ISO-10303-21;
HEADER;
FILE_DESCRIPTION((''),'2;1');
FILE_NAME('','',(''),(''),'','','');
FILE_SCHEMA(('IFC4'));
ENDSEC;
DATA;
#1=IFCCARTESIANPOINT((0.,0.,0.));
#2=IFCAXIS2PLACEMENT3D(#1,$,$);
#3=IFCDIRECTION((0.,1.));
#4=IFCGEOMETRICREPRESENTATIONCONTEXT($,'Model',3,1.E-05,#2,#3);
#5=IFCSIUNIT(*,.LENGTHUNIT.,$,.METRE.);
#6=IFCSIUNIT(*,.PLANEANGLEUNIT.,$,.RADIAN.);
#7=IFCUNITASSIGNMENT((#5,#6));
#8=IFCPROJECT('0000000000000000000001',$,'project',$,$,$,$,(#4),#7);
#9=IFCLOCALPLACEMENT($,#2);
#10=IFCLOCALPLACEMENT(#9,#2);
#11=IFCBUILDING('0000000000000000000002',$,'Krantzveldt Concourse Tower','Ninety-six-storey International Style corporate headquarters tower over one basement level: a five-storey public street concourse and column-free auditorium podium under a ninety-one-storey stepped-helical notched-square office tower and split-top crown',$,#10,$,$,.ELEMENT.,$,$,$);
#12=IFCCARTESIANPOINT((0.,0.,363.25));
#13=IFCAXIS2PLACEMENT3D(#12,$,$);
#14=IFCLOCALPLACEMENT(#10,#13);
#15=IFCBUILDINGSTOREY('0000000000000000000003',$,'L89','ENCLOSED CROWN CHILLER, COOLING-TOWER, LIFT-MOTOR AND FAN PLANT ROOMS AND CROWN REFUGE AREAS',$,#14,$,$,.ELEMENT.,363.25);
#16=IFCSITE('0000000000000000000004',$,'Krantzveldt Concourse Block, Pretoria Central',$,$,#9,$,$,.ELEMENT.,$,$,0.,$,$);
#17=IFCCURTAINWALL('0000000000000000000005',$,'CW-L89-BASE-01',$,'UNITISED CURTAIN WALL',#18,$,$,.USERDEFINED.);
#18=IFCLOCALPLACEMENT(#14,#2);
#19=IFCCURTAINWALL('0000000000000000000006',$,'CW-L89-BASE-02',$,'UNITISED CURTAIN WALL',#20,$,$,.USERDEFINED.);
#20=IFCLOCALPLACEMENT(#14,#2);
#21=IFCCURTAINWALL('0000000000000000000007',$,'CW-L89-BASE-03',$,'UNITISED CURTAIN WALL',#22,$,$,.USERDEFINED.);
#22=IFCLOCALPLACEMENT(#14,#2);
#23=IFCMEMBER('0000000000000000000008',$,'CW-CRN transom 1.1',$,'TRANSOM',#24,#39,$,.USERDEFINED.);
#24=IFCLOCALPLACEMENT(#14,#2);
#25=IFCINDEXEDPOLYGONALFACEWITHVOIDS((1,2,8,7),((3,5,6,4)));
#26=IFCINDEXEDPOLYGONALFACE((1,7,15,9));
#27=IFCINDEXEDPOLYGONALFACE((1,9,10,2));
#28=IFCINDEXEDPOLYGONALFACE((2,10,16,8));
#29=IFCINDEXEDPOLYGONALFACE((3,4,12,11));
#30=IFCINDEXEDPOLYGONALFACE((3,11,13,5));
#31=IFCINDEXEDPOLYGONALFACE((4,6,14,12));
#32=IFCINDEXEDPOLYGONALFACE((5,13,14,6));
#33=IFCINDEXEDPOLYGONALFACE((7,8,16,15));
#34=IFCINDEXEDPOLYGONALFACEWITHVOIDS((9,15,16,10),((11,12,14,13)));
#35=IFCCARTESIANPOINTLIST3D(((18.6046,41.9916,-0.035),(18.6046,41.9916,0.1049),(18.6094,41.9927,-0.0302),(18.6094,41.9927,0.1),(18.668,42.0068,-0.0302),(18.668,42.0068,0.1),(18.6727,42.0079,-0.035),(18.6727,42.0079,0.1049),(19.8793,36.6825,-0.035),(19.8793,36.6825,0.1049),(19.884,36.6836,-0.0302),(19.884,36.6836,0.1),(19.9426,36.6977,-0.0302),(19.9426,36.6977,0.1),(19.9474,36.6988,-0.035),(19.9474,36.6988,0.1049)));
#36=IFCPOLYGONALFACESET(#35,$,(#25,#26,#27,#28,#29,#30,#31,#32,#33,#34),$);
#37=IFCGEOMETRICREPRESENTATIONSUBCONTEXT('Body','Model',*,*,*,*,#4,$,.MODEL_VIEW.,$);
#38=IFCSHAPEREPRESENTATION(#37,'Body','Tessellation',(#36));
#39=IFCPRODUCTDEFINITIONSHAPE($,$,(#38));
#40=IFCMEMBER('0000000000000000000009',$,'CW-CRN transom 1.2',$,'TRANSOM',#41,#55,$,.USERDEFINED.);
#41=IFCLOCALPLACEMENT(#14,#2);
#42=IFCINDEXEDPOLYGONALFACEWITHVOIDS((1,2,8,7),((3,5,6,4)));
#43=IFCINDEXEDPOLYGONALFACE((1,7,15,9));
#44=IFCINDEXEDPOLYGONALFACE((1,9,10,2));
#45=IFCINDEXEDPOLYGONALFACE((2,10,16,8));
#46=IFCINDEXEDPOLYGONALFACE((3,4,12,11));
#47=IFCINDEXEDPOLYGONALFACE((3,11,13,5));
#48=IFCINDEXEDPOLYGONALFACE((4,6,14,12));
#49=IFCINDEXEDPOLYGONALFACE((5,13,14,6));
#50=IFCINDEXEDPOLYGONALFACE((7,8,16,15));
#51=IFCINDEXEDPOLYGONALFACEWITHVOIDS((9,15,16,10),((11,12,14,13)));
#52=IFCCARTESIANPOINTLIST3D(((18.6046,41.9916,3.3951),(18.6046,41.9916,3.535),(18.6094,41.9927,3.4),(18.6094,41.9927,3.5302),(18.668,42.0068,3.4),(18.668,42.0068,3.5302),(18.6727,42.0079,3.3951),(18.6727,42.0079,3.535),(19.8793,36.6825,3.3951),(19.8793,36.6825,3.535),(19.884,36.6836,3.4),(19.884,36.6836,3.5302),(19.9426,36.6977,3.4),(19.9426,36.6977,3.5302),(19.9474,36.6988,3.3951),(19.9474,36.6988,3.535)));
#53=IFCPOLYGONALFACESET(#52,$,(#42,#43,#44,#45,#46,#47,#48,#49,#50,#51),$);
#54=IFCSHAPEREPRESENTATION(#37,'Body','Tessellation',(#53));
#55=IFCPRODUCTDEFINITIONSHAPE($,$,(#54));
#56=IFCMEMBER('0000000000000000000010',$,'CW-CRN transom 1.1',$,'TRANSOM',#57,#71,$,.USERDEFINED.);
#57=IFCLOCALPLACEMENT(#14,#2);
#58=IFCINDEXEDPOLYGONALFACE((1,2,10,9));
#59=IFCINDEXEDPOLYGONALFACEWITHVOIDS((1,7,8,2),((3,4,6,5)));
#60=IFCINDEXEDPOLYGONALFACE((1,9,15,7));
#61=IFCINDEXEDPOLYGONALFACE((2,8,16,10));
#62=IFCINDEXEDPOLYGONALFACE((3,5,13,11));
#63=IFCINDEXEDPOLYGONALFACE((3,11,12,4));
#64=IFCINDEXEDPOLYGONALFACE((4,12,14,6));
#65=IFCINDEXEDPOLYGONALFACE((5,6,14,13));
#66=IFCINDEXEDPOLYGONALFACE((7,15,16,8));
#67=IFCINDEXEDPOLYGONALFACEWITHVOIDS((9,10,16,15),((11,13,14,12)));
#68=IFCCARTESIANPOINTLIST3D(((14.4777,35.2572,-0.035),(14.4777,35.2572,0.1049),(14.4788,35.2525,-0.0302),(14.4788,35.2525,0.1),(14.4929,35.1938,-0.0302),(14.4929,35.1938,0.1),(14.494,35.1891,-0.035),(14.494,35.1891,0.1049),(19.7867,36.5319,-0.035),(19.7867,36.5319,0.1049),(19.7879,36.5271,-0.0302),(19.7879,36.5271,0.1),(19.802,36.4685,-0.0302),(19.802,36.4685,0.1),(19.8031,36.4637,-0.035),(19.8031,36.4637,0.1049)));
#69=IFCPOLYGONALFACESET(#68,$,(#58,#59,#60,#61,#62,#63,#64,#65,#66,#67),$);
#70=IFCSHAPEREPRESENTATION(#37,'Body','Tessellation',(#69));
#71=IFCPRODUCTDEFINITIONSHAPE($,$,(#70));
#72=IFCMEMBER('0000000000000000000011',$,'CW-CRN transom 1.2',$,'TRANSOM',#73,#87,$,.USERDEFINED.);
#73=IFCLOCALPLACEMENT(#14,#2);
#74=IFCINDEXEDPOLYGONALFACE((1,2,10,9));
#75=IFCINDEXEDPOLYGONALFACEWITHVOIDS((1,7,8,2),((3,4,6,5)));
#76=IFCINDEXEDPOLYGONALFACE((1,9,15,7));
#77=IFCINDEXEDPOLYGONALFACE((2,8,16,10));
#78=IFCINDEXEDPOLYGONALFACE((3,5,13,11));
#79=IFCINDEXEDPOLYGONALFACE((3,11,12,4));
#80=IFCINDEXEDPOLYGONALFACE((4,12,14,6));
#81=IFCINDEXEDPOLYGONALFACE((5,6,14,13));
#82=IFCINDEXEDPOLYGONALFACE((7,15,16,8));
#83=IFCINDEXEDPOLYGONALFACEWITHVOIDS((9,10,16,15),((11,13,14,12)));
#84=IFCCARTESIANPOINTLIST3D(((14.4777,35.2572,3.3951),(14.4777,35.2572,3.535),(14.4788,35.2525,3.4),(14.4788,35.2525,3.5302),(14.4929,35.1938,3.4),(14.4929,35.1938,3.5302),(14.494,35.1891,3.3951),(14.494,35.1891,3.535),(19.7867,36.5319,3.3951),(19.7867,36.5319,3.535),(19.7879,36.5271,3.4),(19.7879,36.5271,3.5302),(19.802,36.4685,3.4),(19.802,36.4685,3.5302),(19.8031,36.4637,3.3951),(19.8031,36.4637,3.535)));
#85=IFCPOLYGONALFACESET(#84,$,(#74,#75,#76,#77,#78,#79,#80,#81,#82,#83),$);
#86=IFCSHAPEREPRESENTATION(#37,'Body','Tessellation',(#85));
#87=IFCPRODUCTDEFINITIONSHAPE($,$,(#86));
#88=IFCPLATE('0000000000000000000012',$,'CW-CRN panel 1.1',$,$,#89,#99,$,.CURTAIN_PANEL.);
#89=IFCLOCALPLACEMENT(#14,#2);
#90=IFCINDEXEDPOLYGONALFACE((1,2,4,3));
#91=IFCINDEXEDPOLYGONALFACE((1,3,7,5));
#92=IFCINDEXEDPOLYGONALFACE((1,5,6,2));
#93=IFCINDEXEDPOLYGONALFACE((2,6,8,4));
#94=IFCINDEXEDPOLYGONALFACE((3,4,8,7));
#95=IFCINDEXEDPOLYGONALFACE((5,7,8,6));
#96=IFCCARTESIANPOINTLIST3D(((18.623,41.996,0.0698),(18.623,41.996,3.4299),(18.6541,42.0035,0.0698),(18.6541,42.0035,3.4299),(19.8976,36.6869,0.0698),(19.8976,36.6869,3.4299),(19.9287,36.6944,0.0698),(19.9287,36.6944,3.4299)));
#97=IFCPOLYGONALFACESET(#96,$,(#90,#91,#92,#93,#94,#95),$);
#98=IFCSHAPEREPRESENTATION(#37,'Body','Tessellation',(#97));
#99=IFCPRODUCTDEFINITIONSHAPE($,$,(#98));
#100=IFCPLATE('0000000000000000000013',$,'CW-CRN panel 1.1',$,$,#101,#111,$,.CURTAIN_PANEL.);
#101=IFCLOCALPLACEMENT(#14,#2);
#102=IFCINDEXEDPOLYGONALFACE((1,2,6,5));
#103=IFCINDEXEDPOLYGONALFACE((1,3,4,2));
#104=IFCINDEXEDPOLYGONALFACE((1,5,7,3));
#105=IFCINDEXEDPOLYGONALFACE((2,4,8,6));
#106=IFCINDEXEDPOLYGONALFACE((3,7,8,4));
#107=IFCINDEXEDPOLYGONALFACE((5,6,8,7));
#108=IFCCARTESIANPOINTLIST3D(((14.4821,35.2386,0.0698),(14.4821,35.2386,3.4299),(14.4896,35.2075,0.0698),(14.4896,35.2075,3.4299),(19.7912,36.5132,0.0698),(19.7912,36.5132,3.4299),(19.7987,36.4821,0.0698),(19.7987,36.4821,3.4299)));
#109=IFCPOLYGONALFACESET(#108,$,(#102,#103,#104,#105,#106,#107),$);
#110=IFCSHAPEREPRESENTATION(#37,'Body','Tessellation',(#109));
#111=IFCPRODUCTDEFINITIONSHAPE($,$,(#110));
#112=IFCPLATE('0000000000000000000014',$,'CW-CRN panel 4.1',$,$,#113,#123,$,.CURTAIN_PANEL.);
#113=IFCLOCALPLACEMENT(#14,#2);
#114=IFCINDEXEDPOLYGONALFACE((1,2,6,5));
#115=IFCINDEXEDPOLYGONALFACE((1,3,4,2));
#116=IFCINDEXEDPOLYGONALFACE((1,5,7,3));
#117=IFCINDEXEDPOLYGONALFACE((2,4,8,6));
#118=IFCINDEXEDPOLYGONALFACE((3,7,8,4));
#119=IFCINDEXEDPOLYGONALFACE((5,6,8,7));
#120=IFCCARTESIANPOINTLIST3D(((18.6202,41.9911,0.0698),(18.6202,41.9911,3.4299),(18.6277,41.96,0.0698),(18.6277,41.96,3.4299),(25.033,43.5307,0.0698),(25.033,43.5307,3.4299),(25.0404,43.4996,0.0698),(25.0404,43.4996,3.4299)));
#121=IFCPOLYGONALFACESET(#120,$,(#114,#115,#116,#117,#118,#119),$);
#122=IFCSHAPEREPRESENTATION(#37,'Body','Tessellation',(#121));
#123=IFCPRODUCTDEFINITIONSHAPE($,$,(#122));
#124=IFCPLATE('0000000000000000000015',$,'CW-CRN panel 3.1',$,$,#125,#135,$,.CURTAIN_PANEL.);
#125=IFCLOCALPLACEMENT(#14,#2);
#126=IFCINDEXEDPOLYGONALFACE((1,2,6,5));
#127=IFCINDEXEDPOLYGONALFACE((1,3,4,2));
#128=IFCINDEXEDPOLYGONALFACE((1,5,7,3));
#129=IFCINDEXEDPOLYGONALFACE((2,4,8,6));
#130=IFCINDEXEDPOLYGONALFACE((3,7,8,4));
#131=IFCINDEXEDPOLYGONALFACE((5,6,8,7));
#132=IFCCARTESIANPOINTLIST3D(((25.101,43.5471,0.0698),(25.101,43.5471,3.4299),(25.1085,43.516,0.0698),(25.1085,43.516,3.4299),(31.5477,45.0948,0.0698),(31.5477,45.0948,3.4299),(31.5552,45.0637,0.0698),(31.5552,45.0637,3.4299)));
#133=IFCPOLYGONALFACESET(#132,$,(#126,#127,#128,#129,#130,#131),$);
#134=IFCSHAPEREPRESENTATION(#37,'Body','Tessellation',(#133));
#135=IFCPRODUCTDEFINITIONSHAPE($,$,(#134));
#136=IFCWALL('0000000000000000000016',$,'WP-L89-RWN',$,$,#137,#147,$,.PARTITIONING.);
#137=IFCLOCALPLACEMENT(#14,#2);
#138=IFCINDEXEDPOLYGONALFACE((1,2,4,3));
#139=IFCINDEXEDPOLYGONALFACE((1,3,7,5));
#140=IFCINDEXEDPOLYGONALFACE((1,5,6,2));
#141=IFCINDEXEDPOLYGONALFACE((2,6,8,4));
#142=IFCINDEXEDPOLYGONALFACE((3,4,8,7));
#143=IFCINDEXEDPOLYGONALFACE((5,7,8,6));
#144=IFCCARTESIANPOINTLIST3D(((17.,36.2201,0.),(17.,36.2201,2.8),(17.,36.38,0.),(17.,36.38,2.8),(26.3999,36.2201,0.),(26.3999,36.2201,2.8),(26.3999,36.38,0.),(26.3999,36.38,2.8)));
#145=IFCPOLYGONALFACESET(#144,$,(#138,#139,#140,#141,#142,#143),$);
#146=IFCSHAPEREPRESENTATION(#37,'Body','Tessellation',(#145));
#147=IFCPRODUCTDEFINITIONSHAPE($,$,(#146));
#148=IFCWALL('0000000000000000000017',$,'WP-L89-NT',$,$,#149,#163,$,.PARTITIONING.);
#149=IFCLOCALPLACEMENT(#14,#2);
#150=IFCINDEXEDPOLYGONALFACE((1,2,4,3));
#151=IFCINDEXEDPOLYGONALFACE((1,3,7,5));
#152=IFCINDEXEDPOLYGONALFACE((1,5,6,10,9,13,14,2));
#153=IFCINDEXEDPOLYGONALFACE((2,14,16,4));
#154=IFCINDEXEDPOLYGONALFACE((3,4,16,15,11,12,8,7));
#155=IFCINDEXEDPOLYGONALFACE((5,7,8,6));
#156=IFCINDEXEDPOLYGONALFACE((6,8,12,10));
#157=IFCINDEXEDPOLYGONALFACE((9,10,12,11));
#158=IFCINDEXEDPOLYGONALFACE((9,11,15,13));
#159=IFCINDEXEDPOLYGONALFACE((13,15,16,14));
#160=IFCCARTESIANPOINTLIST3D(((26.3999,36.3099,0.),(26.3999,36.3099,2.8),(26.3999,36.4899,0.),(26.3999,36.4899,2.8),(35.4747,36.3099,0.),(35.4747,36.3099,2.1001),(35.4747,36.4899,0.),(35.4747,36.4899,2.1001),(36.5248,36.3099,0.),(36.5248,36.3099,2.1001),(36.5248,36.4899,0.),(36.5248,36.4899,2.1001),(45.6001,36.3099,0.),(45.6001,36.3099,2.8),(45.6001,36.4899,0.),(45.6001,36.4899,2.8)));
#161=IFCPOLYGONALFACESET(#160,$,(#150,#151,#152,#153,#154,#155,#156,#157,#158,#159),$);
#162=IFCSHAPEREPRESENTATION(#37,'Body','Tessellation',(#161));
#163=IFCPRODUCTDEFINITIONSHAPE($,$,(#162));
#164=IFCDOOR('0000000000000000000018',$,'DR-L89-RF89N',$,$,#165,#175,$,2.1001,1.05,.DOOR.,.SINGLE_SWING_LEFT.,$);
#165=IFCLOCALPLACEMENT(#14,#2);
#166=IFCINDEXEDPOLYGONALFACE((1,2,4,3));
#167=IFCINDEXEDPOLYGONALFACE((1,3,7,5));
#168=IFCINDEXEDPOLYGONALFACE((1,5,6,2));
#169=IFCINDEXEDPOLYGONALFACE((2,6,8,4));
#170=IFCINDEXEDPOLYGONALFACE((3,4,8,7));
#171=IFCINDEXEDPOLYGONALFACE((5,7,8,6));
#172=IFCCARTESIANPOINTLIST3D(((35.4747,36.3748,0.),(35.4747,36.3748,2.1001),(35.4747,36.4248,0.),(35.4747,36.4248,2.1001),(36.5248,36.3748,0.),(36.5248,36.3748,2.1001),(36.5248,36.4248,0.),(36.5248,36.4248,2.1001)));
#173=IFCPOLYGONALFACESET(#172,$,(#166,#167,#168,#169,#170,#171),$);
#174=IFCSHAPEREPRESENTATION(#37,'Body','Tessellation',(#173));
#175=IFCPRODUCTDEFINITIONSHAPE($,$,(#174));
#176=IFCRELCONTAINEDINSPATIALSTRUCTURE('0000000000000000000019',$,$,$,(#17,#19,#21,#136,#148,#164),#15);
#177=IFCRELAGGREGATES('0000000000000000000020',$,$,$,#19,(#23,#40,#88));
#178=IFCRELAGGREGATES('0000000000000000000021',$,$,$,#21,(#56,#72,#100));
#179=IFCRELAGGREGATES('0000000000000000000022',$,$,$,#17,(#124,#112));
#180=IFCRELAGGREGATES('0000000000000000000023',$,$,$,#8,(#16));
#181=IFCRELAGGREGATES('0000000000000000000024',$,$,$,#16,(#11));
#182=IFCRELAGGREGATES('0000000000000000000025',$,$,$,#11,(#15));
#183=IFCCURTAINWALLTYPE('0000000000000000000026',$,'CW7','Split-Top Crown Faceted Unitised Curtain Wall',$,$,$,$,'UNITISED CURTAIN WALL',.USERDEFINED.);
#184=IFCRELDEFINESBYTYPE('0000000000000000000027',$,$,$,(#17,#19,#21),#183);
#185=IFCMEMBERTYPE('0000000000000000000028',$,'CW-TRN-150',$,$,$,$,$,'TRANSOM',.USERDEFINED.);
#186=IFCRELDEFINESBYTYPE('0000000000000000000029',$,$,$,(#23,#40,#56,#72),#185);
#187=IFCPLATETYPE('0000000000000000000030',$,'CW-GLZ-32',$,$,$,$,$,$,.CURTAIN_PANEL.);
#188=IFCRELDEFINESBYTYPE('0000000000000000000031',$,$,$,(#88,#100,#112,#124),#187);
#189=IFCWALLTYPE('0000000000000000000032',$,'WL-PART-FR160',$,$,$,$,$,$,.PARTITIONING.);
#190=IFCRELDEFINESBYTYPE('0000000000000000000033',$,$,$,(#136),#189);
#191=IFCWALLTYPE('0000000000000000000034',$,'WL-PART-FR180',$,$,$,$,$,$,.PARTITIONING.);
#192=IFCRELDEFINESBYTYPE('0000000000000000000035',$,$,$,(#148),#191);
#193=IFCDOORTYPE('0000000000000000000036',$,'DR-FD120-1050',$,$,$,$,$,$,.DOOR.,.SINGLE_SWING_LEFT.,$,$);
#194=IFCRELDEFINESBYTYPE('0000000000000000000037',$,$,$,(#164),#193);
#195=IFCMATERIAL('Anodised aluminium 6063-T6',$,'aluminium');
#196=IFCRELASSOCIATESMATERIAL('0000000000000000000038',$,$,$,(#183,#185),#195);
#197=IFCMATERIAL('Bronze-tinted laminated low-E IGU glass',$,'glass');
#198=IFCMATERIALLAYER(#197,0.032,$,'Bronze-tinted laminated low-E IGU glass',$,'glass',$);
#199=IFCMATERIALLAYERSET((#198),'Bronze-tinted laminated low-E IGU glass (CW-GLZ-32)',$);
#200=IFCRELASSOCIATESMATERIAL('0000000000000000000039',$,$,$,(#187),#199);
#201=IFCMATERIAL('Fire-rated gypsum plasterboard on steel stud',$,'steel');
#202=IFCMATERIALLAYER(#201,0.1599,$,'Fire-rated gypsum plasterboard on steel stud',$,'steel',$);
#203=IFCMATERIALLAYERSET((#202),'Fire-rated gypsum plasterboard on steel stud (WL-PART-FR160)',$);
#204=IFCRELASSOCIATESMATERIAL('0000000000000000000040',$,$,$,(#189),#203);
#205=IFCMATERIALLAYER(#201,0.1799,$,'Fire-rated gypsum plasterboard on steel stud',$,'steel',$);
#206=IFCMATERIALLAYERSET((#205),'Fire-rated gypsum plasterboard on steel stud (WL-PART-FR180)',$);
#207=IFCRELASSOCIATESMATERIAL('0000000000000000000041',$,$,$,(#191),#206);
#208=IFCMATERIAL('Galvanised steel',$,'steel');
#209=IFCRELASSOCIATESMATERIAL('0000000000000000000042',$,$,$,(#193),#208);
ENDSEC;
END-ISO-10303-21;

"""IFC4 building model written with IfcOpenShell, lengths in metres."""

from ifc_helpers import new_model, si_unit, direction, frame, frame_2d, origin, origin_2d, place, context, subcontext, project, spatial, rectangle, hollow_rectangle, extrude, source, transform, mapped, material, layer, layer_set, material_profile, profile_set, type_object, type_shapes, element, fill, aggregate, save


model = new_model("IFC4")

# Units and contexts
model_context = context("Model", 3, precision=1e-05, world=origin(), true_north=direction((0.0, 1.0)))
body_context = subcontext(model_context, "Body", "Model", "MODEL_VIEW")
ifc_project = project(units=[si_unit("LENGTHUNIT", "METRE"), si_unit("PLANEANGLEUNIT", "RADIAN")], contexts=[model_context])

# Site, building, storey
site_placement = place(None, origin())
site = spatial("IfcSite", under=ifc_project, at=site_placement, Name="Krantzveldt Concourse Block, Pretoria Central", CompositionType="ELEMENT", RefElevation=0.0)
building_placement = place(site_placement, origin())
building = spatial("IfcBuilding", under=site, at=building_placement, Name="Krantzveldt Concourse Tower", Description="Ninety-six-storey International Style corporate headquarters tower over one basement level: a five-storey public street concourse and column-free auditorium podium under a ninety-one-storey stepped-helical notched-square office tower and split-top crown", CompositionType="ELEMENT")
storey_placement = place(building_placement, frame((0.0, 0.0, 363.25)))
storey = spatial("IfcBuildingStorey", under=building, at=storey_placement, Name="L89", Description="ENCLOSED CROWN CHILLER, COOLING-TOWER, LIFT-MOTOR AND FAN PLANT ROOMS AND CROWN REFUGE AREAS", CompositionType="ELEMENT", Elevation=363.25)

# Curtain walls
ifc_material_1 = material(Name="Anodised aluminium 6063-T6", Category="aluminium")
curtain_wall_type = type_object("IfcCurtainWallType", Name="CW7", Description="Split-Top Crown Faceted Unitised Curtain Wall", ElementType="UNITISED CURTAIN WALL", PredefinedType="USERDEFINED", material=ifc_material_1)
curtain_wall_1_placement = place(storey_placement, origin())
curtain_wall_1 = element("IfcCurtainWall", 1, at=curtain_wall_1_placement, inside=storey, type_object=curtain_wall_type, Name="CW-L89-BASE-01", ObjectType="UNITISED CURTAIN WALL", PredefinedType="USERDEFINED")
ifc_material_profile_1 = material_profile(ifc_material_1, hollow_rectangle(XDim=0.0701, YDim=0.1399, WallThickness=0.0049, at=origin_2d()), Name="Anodised aluminium 6063-T6", Category="aluminium")
ifc_profile_set_1 = profile_set([ifc_material_profile_1], Name="Anodised aluminium 6063-T6 - ALU-TRAN 140x70x5")
member_type_1 = type_object("IfcMemberType", Name="CW-TRN-150", ElementType="TRANSOM", PredefinedType="USERDEFINED", material=ifc_profile_set_1)
curtain_wall_2_placement = place(storey_placement, origin())
curtain_wall_2 = element("IfcCurtainWall", 2, at=curtain_wall_2_placement, inside=storey, type_object=curtain_wall_type, Name="CW-L89-BASE-02", ObjectType="UNITISED CURTAIN WALL", PredefinedType="USERDEFINED")

# Curtain wall
curtain_wall_3_placement = place(storey_placement, origin())
curtain_wall_3 = element("IfcCurtainWall", 3, at=curtain_wall_3_placement, inside=storey, type_object=curtain_wall_type, Name="CW-L89-BASE-03", ObjectType="UNITISED CURTAIN WALL", PredefinedType="USERDEFINED")

# Members
shared_shape_1 = source(origin(), body_context, "Body", "SweptSolid", [
    extrude(hollow_rectangle(XDim=0.0701, YDim=0.1399, WallThickness=0.0049, at=origin_2d()), origin(), (0.0, 0.0, 1.0), 5.46),
])
member_1_placement = place(storey_placement, frame((18.6387, 41.9998, 0.0349), z_axis=(0.233456, -0.972367, 0.0), x_axis=(0.972367, 0.233456, 0.0)))
member_1 = element("IfcMember", 4, at=member_1_placement, type_object=member_type_1, Name="CW-CRN transom 1.1", ObjectType="TRANSOM", PredefinedType="USERDEFINED", context=body_context, shape_type="MappedRepresentation", body=[
    mapped(shared_shape_1, transform((0.0, 0.0, 0.0), x_axis=(1.0, 0.0, 0.0), y_axis=(0.0, 1.0, 0.0), z_axis=(0.0, 0.0, 1.0), scale=1.0)),
])
member_2_placement = place(storey_placement, frame((18.6387, 41.9998, 3.4651), z_axis=(0.233456, -0.972367, 0.0), x_axis=(0.972367, 0.233456, 0.0)))
member_2 = element("IfcMember", 5, at=member_2_placement, type_object=member_type_1, Name="CW-CRN transom 1.2", ObjectType="TRANSOM", PredefinedType="USERDEFINED", context=body_context, shape_type="MappedRepresentation", body=[
    mapped(shared_shape_1, transform((0.0, 0.0, 0.0), x_axis=(1.0, 0.0, 0.0), y_axis=(0.0, 1.0, 0.0), z_axis=(0.0, 0.0, 1.0), scale=1.0)),
])
member_3_placement = place(storey_placement, frame((19.7949, 36.4978, 0.0349), z_axis=(-0.972367, -0.233456, 0.0), x_axis=(0.233456, -0.972367, 0.0)))
member_3 = element("IfcMember", 6, at=member_3_placement, type_object=member_type_1, Name="CW-CRN transom 1.1", ObjectType="TRANSOM", PredefinedType="USERDEFINED", context=body_context, shape_type="MappedRepresentation", body=[
    mapped(shared_shape_1, transform((0.0, 0.0, 0.0), x_axis=(1.0, 0.0, 0.0), y_axis=(0.0, 1.0, 0.0), z_axis=(0.0, 0.0, 1.0), scale=1.0)),
])
member_4_placement = place(storey_placement, frame((19.7949, 36.4978, 3.4651), z_axis=(-0.972367, -0.233456, 0.0), x_axis=(0.233456, -0.972367, 0.0)))
member_4 = element("IfcMember", 7, at=member_4_placement, type_object=member_type_1, Name="CW-CRN transom 1.2", ObjectType="TRANSOM", PredefinedType="USERDEFINED", context=body_context, shape_type="MappedRepresentation", body=[
    mapped(shared_shape_1, transform((0.0, 0.0, 0.0), x_axis=(1.0, 0.0, 0.0), y_axis=(0.0, 1.0, 0.0), z_axis=(0.0, 0.0, 1.0), scale=1.0)),
])

# Plates
ifc_material_2 = material(Name="Bronze-tinted laminated low-E IGU glass", Category="glass")
ifc_layer_1 = layer(ifc_material_2, 0.032, Name="Bronze-tinted laminated low-E IGU glass", Category="glass")
ifc_layer_set_1 = layer_set([ifc_layer_1], Name="Bronze-tinted laminated low-E IGU glass (CW-GLZ-32)")
plate_type = type_object("IfcPlateType", Name="CW-GLZ-32", PredefinedType="CURTAIN_PANEL", material=ifc_layer_set_1)
shared_shape_2 = source(origin(), body_context, "Body", "SweptSolid", [
    extrude(rectangle(XDim=5.46, YDim=0.032, at=origin_2d()), origin(), (0.0, 0.0, 1.0), 3.3601),
])
plate_1_placement = place(storey_placement, frame((19.2759, 39.3452, 0.0698), z_axis=(0.0, 0.0, 1.0), x_axis=(0.233446, -0.97237, 0.0)))
plate_1 = element("IfcPlate", 8, at=plate_1_placement, type_object=plate_type, Name="CW-CRN panel 1.1", PredefinedType="CURTAIN_PANEL", context=body_context, shape_type="MappedRepresentation", body=[
    mapped(shared_shape_2, transform((0.0, 0.0, 0.0), x_axis=(1.0, 0.0, 0.0), y_axis=(0.0, 1.0, 0.0), z_axis=(0.0, 0.0, 1.0), scale=1.0)),
])
aggregate(curtain_wall_2, [member_1, member_2, plate_1])
plate_2_placement = place(storey_placement, frame((17.1404, 35.8604, 0.0698), z_axis=(0.0, 0.0, 1.0), x_axis=(-0.97237, -0.233444, 0.0)))
plate_2 = element("IfcPlate", 9, at=plate_2_placement, type_object=plate_type, Name="CW-CRN panel 1.1", PredefinedType="CURTAIN_PANEL", context=body_context, shape_type="MappedRepresentation", body=[
    mapped(shared_shape_2, transform((0.0, 0.0, 0.0), x_axis=(1.0, 0.0, 0.0), y_axis=(0.0, 1.0, 0.0), z_axis=(0.0, 0.0, 1.0), scale=1.0)),
])
aggregate(curtain_wall_3, [member_3, member_4, plate_2])
shared_shape_3 = source(origin(), body_context, "Body", "SweptSolid", [
    extrude(rectangle(XDim=6.595, YDim=0.032, at=origin_2d()), origin(), (0.0, 0.0, 1.0), 3.3601),
])
plate_3_placement = place(storey_placement, frame((21.8303, 42.7454, 0.0698), z_axis=(0.0, 0.0, 1.0), x_axis=(-0.97237, -0.233445, 0.0)))
plate_3 = element("IfcPlate", 10, at=plate_3_placement, type_object=plate_type, Name="CW-CRN panel 4.1", PredefinedType="CURTAIN_PANEL", context=body_context, shape_type="MappedRepresentation", body=[
    mapped(shared_shape_3, transform((0.0, 0.0, 0.0), x_axis=(1.0, 0.0, 0.0), y_axis=(0.0, 1.0, 0.0), z_axis=(0.0, 0.0, 1.0), scale=1.0)),
])
shared_shape_4 = source(origin(), body_context, "Body", "SweptSolid", [
    extrude(rectangle(XDim=6.6299, YDim=0.032, at=origin_2d()), origin(), (0.0, 0.0, 1.0), 3.3601),
])
type_shapes(plate_type, [shared_shape_2, shared_shape_3, shared_shape_4])
plate_4_placement = place(storey_placement, frame((28.3281, 44.3054, 0.0698), z_axis=(0.0, 0.0, 1.0), x_axis=(-0.97237, -0.233445, 0.0)))
plate_4 = element("IfcPlate", 11, at=plate_4_placement, type_object=plate_type, Name="CW-CRN panel 3.1", PredefinedType="CURTAIN_PANEL", context=body_context, shape_type="MappedRepresentation", body=[
    mapped(shared_shape_4, transform((0.0, 0.0, 0.0), x_axis=(1.0, 0.0, 0.0), y_axis=(0.0, 1.0, 0.0), z_axis=(0.0, 0.0, 1.0), scale=1.0)),
])
aggregate(curtain_wall_1, [plate_4, plate_3])

# Wall
ifc_material_3 = material(Name="Fire-rated gypsum plasterboard on steel stud", Category="steel")
ifc_layer_2 = layer(ifc_material_3, 0.1599, Name="Fire-rated gypsum plasterboard on steel stud", Category="steel")
ifc_layer_set_2 = layer_set([ifc_layer_2], Name="Fire-rated gypsum plasterboard on steel stud (WL-PART-FR160)")
wall_type_1 = type_object("IfcWallType", Name="WL-PART-FR160", PredefinedType="PARTITIONING", material=ifc_layer_set_2)
wall_1_placement = place(storey_placement, frame((17.0, 36.3, 0.0), z_axis=(0.0, 0.0, 1.0), x_axis=(1.0, 0.0, 0.0)))
element("IfcWall", 12, at=wall_1_placement, inside=storey, type_object=wall_type_1, Name="WP-L89-RWN", PredefinedType="PARTITIONING", context=body_context, shape_type="SweptSolid", body=[
    extrude(rectangle(XDim=9.3999, YDim=0.1599, at=frame_2d((4.7, 0.0))), origin(), (0.0, 0.0, 1.0), 2.8),
])

# Wall, opening, door
ifc_layer_3 = layer(ifc_material_3, 0.1799, Name="Fire-rated gypsum plasterboard on steel stud", Category="steel")
ifc_layer_set_3 = layer_set([ifc_layer_3], Name="Fire-rated gypsum plasterboard on steel stud (WL-PART-FR180)")
wall_type_2 = type_object("IfcWallType", Name="WL-PART-FR180", PredefinedType="PARTITIONING", material=ifc_layer_set_3)
wall_2_placement = place(storey_placement, frame((26.3999, 36.3999, 0.0), z_axis=(0.0, 0.0, 1.0), x_axis=(1.0, 0.0, 0.0)))
wall_2 = element("IfcWall", 13, at=wall_2_placement, inside=storey, type_object=wall_type_2, Name="WP-L89-NT", PredefinedType="PARTITIONING", context=body_context, shape_type="SweptSolid", body=[
    extrude(rectangle(XDim=19.2002, YDim=0.1799, at=frame_2d((9.6001, 0.0))), origin(), (0.0, 0.0, 1.0), 2.8),
])
opening_placement = place(wall_2_placement, frame((9.075, 0.0, 0.0)))
opening = element("IfcOpeningElement", 14, at=opening_placement, cuts=wall_2, PredefinedType="OPENING", context=body_context, shape_type="SweptSolid", body=[
    extrude(rectangle(XDim=1.05, YDim=2.1001, at=frame_2d((0.5249, 1.05))), frame((0.0, 0.1001, 0.0), z_axis=(0.0, -1.0, 0.0), x_axis=(1.0, 0.0, 0.0)), (0.0, 0.0, 1.0), 0.2),
])
ifc_material_4 = material(Name="Galvanised steel", Category="steel")
door_type = type_object("IfcDoorType", Name="DR-FD120-1050", OperationType="SINGLE_SWING_LEFT", PredefinedType="DOOR", material=ifc_material_4)
door_placement = place(opening_placement, origin())
door = element("IfcDoor", 15, at=door_placement, inside=storey, type_object=door_type, Name="DR-L89-RF89N", OperationType="SINGLE_SWING_LEFT", OverallHeight=2.1001, OverallWidth=1.05, PredefinedType="DOOR", context=body_context, shape_type="SweptSolid", body=[
    extrude(rectangle(XDim=1.05, YDim=2.1001, at=frame_2d((0.5249, 1.05))), frame((0.0, 0.0249, 0.0), z_axis=(0.0, -1.0, 0.0), x_axis=(1.0, 0.0, 0.0)), (0.0, 0.0, 1.0), 0.05),
])
fill(opening, door)

save(model, "model.ifc")
